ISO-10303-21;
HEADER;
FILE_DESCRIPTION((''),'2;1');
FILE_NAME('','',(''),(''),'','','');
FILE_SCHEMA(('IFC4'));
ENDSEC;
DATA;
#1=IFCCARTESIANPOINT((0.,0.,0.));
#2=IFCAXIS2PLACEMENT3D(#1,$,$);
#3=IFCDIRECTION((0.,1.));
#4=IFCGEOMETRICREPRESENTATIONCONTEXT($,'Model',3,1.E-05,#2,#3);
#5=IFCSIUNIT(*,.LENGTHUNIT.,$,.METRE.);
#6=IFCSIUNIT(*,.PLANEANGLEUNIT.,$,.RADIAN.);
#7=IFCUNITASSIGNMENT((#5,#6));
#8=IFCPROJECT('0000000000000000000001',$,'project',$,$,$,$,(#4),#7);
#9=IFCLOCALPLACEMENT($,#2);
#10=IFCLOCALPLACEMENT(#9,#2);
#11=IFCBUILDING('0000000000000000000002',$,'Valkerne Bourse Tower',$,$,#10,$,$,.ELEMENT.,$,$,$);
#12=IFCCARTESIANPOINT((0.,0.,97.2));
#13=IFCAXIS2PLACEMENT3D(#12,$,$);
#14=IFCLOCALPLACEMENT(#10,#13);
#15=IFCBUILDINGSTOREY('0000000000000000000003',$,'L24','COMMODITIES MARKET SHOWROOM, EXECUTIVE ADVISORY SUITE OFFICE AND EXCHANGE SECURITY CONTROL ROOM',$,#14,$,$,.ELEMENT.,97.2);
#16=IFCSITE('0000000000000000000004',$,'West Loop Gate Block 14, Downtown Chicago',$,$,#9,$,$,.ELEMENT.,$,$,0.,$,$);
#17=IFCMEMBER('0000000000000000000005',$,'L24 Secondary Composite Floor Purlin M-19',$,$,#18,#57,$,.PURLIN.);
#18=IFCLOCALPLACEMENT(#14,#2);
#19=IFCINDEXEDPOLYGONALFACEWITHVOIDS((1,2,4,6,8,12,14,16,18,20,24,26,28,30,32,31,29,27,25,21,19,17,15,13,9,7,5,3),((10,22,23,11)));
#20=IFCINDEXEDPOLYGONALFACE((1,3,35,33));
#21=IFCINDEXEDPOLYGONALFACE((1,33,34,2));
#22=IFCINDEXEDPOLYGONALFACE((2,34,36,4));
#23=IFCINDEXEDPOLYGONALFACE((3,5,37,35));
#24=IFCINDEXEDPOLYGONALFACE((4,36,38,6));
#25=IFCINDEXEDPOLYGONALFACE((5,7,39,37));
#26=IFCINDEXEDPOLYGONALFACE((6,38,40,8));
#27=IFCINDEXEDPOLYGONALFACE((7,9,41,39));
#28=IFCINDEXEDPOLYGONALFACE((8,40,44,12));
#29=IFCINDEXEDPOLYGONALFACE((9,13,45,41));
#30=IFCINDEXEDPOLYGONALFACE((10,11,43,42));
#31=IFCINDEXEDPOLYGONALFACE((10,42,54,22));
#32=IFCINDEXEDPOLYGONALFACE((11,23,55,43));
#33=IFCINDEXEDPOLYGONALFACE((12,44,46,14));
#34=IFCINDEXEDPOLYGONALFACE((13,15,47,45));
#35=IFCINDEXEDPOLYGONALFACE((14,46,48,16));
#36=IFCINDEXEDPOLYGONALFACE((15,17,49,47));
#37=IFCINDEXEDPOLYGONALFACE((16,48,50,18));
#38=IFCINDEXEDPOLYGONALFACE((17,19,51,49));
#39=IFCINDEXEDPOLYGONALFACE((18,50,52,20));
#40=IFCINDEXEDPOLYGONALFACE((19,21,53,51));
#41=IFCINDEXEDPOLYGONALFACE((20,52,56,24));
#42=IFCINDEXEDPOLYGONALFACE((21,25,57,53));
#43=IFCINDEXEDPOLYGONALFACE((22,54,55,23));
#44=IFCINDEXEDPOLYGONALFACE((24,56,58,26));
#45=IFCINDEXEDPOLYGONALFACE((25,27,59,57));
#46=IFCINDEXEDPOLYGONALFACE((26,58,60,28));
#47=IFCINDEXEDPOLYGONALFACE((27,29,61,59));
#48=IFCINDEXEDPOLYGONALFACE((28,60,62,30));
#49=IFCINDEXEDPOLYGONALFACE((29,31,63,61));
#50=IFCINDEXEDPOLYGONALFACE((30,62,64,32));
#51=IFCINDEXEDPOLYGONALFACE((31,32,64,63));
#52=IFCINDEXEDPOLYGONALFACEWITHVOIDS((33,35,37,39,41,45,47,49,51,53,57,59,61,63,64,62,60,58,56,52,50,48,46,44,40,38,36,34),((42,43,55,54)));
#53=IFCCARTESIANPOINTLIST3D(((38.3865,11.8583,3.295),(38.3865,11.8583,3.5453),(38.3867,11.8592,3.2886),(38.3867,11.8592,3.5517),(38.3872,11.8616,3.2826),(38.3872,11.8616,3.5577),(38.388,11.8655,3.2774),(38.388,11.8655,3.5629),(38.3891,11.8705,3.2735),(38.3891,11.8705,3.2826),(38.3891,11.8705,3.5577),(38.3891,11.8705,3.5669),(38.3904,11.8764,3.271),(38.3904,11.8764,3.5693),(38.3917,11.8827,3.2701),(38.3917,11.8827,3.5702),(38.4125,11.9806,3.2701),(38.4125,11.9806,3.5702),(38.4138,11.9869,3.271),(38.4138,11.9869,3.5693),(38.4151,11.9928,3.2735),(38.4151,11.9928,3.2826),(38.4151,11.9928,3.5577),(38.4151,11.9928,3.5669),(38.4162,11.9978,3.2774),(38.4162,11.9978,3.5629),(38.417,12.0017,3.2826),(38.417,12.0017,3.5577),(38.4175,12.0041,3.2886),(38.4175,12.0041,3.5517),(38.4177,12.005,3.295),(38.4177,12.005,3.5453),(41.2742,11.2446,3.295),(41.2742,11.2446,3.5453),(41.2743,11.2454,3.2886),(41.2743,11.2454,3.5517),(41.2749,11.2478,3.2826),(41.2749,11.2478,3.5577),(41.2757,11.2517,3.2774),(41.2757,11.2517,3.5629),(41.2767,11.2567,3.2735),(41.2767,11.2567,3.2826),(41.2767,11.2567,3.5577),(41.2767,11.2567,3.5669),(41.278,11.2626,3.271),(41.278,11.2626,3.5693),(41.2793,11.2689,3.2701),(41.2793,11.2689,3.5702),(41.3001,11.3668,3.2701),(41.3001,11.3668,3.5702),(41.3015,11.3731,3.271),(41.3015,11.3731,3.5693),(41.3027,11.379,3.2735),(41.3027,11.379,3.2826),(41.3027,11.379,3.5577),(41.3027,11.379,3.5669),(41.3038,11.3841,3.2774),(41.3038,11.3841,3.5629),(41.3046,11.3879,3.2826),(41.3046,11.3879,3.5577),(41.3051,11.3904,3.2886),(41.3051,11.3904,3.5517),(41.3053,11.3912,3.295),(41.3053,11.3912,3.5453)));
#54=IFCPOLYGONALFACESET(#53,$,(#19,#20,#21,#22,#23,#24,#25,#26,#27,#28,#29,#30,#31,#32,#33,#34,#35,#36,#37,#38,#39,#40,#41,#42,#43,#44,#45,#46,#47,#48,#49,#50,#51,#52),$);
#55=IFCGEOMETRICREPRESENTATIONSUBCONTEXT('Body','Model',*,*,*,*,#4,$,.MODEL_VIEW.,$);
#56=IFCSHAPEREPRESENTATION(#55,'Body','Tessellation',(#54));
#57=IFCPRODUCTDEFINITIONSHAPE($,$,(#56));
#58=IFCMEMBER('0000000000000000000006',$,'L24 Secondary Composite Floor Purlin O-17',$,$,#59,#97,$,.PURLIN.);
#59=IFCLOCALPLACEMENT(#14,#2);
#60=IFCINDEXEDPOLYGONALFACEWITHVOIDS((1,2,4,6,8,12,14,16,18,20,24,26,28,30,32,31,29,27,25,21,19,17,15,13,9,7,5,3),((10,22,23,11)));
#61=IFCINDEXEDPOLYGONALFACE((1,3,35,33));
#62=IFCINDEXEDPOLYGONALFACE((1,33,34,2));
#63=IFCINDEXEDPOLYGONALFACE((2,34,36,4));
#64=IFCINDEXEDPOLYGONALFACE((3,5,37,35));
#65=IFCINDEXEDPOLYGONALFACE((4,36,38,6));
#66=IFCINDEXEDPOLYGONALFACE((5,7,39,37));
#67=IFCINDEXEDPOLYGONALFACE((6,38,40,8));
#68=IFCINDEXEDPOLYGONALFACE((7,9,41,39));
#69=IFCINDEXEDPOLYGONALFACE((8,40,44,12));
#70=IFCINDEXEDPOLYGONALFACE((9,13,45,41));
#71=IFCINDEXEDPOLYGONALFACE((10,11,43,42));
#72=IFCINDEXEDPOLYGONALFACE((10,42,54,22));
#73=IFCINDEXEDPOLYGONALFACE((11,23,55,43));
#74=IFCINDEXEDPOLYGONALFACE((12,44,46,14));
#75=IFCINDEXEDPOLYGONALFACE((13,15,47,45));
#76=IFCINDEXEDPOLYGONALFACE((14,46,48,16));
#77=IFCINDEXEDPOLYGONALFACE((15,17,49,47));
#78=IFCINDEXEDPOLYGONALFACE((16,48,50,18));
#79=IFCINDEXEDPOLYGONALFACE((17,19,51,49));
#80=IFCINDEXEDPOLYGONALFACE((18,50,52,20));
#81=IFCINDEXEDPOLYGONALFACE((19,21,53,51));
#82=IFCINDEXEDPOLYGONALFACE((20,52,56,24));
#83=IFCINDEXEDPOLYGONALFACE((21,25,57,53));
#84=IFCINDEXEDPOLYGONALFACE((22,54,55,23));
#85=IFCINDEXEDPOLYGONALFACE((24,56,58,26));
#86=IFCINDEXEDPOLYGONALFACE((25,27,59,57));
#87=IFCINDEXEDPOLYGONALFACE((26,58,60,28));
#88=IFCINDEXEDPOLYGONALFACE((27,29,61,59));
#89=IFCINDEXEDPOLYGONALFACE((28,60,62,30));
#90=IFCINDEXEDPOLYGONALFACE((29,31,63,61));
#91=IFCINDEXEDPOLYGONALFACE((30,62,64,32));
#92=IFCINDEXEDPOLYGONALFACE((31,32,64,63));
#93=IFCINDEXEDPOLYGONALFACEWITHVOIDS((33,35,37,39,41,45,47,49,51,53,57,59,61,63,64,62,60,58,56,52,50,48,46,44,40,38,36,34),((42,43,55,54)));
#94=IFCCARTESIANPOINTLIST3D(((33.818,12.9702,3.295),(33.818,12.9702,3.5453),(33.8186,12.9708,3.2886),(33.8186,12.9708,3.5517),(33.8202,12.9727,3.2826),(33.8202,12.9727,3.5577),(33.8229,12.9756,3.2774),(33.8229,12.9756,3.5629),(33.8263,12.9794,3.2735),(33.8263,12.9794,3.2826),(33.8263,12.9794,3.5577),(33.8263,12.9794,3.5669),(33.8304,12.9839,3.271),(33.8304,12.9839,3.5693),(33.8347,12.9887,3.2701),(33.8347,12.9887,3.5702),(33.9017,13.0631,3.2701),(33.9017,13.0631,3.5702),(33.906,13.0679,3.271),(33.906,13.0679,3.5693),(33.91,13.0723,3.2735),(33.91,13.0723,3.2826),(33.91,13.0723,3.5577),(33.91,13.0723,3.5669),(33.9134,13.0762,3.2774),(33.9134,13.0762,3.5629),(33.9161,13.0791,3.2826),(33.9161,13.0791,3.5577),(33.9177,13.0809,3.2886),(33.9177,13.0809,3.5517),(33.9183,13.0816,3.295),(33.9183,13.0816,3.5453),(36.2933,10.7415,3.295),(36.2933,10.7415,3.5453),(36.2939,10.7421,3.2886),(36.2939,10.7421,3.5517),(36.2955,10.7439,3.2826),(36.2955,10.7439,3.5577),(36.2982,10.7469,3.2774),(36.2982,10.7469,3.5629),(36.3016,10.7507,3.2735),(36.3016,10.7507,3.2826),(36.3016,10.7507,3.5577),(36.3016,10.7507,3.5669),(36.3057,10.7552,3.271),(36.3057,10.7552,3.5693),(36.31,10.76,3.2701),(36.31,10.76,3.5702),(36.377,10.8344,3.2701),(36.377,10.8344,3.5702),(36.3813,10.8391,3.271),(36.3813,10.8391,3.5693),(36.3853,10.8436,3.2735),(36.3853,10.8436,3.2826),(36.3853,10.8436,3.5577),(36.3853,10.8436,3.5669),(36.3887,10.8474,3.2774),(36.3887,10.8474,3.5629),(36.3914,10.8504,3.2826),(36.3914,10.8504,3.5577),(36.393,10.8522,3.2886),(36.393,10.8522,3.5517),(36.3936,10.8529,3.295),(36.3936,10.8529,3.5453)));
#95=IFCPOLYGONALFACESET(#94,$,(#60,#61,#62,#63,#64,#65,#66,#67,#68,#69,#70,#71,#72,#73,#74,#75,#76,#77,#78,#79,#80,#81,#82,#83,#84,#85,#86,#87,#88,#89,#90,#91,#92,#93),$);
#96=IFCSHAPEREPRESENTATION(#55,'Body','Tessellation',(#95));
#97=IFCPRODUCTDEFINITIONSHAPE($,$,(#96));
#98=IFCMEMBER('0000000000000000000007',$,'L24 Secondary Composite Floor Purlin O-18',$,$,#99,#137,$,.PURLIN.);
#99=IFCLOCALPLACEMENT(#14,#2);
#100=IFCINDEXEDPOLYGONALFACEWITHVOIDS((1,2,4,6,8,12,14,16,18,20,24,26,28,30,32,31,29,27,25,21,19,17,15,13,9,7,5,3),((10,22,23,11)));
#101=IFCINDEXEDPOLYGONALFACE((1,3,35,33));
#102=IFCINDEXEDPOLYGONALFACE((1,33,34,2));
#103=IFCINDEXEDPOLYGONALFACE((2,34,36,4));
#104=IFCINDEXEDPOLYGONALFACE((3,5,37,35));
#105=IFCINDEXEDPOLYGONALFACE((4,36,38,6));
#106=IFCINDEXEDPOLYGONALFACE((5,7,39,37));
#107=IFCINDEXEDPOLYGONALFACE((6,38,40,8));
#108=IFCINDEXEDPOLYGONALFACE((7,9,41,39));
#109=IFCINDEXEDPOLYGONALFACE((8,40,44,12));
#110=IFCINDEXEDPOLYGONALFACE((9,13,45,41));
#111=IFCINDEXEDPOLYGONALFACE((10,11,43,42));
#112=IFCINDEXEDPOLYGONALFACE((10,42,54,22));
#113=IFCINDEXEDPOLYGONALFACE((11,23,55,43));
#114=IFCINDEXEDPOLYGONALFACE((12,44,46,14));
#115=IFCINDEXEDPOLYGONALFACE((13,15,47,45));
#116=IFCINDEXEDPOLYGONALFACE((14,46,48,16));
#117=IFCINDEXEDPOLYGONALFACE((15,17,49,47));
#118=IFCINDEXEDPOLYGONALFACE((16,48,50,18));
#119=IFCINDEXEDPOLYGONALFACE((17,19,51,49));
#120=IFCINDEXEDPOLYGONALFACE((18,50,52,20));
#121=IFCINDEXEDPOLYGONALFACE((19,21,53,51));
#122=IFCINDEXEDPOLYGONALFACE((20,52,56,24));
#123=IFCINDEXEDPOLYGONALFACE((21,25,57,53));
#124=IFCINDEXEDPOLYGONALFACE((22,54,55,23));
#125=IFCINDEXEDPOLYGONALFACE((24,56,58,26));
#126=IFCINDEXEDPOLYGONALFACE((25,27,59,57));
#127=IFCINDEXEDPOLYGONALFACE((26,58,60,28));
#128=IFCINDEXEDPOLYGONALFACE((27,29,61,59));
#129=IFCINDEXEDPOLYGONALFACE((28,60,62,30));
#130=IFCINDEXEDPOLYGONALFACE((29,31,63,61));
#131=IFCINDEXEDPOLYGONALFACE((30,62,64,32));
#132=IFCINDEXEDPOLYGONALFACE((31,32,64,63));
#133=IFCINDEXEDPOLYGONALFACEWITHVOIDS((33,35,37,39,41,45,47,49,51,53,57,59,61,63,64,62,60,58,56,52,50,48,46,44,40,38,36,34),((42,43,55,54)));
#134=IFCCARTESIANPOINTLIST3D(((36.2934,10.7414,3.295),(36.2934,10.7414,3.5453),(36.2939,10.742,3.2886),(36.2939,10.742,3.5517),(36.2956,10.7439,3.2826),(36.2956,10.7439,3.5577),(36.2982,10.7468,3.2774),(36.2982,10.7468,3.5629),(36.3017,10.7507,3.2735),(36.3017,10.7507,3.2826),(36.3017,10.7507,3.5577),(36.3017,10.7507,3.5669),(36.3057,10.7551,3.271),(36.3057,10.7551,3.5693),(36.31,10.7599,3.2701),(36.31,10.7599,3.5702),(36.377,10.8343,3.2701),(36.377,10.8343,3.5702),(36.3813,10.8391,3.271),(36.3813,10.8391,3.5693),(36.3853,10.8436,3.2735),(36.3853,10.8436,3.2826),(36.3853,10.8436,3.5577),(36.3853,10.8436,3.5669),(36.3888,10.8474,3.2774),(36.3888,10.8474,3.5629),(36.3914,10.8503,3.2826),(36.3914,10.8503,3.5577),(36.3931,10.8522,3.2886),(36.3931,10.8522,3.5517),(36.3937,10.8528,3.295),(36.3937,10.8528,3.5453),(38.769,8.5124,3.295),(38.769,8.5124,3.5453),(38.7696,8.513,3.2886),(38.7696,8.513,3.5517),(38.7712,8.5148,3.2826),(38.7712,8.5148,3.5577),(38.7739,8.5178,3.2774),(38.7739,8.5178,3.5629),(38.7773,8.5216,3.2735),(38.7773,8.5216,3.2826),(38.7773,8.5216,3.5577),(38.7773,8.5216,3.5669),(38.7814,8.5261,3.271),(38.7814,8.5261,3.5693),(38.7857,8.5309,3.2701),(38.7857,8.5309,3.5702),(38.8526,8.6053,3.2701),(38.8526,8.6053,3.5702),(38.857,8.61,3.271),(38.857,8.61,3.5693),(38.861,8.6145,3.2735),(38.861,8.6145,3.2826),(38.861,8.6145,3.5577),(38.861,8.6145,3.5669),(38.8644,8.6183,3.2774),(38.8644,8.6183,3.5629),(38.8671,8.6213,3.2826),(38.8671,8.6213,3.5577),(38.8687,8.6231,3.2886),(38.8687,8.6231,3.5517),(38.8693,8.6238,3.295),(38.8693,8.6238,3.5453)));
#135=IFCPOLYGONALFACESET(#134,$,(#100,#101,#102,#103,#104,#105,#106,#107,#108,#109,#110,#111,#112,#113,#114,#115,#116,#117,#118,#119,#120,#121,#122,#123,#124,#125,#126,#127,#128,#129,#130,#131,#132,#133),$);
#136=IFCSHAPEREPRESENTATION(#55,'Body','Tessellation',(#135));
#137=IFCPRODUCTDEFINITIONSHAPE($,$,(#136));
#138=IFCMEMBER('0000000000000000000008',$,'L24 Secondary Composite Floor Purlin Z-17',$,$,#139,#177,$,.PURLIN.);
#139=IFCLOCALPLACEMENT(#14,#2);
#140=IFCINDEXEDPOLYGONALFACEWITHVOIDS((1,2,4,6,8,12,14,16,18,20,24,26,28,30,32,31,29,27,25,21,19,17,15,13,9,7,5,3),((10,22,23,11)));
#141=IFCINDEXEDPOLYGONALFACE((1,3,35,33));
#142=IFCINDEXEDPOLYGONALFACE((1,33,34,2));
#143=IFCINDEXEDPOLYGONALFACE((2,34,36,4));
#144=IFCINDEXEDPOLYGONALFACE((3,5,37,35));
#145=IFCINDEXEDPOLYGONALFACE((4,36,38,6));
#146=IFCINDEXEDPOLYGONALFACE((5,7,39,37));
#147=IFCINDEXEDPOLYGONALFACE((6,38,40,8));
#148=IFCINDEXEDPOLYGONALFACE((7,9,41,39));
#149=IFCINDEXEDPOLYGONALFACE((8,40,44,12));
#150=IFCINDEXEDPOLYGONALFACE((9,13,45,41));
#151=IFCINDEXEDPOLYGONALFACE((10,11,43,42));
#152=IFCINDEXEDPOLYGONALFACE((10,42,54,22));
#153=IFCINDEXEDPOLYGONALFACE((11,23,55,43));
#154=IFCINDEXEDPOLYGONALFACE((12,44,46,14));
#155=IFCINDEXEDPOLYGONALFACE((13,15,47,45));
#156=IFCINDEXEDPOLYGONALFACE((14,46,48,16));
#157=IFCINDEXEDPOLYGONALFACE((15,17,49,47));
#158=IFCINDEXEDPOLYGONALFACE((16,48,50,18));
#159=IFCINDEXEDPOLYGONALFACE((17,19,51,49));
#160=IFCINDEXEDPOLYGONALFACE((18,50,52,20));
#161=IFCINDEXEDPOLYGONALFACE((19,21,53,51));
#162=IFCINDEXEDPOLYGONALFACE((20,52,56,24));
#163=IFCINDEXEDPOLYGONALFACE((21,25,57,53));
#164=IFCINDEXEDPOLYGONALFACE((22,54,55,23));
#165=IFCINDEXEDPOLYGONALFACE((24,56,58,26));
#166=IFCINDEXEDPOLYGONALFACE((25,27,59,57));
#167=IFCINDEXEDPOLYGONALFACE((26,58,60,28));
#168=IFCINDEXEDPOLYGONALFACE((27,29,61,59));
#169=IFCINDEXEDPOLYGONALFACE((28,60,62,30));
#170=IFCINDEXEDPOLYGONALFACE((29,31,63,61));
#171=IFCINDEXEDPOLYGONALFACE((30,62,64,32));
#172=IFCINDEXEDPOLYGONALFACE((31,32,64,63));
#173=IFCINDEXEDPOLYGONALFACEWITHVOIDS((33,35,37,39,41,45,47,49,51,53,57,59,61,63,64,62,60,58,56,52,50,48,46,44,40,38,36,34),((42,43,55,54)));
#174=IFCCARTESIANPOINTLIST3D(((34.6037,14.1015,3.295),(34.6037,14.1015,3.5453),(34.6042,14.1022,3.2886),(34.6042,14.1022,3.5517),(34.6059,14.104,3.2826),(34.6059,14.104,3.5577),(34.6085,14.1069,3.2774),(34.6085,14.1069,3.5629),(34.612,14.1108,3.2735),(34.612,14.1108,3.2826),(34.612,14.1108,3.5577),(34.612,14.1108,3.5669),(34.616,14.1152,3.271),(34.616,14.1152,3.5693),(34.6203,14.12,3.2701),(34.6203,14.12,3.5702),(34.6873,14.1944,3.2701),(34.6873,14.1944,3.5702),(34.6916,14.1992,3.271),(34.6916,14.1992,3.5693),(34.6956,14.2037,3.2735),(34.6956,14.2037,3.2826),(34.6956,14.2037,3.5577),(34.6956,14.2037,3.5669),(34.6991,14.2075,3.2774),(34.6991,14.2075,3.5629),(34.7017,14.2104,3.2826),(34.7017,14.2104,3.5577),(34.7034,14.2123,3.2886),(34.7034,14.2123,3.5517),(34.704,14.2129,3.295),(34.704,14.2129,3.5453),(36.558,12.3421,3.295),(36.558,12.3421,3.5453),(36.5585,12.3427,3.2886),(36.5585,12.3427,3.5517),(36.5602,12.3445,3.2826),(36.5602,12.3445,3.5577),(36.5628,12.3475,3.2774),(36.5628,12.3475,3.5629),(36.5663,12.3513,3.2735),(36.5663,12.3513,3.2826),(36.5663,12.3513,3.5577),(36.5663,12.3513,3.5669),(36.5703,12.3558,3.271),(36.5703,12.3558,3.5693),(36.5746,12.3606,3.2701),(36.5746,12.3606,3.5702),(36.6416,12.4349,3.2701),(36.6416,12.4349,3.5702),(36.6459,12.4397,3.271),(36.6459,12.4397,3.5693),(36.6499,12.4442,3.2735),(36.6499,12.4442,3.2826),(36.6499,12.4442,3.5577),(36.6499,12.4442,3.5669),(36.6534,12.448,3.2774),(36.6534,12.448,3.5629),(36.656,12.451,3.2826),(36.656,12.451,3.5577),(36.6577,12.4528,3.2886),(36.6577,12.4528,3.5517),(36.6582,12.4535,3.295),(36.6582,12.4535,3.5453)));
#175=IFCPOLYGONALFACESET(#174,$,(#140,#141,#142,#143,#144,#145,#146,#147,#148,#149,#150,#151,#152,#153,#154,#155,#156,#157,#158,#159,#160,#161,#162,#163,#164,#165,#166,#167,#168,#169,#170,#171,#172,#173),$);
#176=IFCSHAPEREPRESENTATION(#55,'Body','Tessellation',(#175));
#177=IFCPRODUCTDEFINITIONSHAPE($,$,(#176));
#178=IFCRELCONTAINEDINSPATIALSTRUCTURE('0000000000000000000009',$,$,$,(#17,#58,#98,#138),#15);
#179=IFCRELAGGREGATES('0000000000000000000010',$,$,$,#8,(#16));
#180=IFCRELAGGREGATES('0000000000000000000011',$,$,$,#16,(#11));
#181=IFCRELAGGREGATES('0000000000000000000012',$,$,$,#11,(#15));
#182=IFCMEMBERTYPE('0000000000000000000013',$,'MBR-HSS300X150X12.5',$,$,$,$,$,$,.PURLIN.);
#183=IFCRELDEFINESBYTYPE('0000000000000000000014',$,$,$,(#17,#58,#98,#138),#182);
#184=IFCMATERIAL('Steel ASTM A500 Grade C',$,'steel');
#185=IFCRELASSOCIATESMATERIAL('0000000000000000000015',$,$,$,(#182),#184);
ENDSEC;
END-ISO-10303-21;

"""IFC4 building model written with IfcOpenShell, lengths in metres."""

from ifc_helpers import new_model, si_unit, direction, frame, origin, origin_2d, place, context, subcontext, project, spatial, hollow_rectangle, extrude, material, material_profile, profile_set, type_object, element, save


model = new_model("IFC4")

# Units and contexts
model_context = context("Model", 3, precision=1e-05, world=origin(), true_north=direction((0.0, 1.0)))
body_context = subcontext(model_context, "Body", "Model", "MODEL_VIEW")
ifc_project = project(units=[si_unit("LENGTHUNIT", "METRE"), si_unit("PLANEANGLEUNIT", "RADIAN")], contexts=[model_context])

# Site, building, storey
site_placement = place(None, origin())
site = spatial("IfcSite", under=ifc_project, at=site_placement, Name="West Loop Gate Block 14, Downtown Chicago", CompositionType="ELEMENT", RefElevation=0.0)
building_placement = place(site_placement, origin())
building = spatial("IfcBuilding", under=site, at=building_placement, Name="Valkerne Bourse Tower", CompositionType="ELEMENT")
storey_placement = place(building_placement, frame((0.0, 0.0, 97.2)))
storey = spatial("IfcBuildingStorey", under=building, at=storey_placement, Name="L24", Description="COMMODITIES MARKET SHOWROOM, EXECUTIVE ADVISORY SUITE OFFICE AND EXCHANGE SECURITY CONTROL ROOM", CompositionType="ELEMENT", Elevation=97.2)

# Members
ifc_material_1 = material(Name="Steel ASTM A500 Grade C", Category="steel")
ifc_material_profile_1 = material_profile(ifc_material_1, hollow_rectangle(XDim=0.1499, YDim=0.3, WallThickness=0.0125, OuterFilletRadius=0.0249, at=origin_2d()), Name="HSS300X150X12.5")
ifc_profile_set_1 = profile_set([ifc_material_profile_1], Name="Steel ASTM A500 Grade C")
member_type_1 = type_object("IfcMemberType", Name="MBR-HSS300X150X12.5", PredefinedType="PURLIN", material=ifc_profile_set_1)
member_1_placement = place(storey_placement, frame((38.4021, 11.9316, 3.4202), z_axis=(0.97815, -0.207902, 0.0), x_axis=(0.207902, 0.97815, 0.0)))
element("IfcMember", 1, at=member_1_placement, inside=storey, type_object=member_type_1, Name="L24 Secondary Composite Floor Purlin M-19", PredefinedType="PURLIN", context=body_context, shape_type="SweptSolid", body=[
    extrude(hollow_rectangle(XDim=0.1499, YDim=0.3, WallThickness=0.0125, OuterFilletRadius=0.0249, at=origin_2d()), origin(), (0.0, 0.0, 1.0), 2.9521),
])
member_2_placement = place(storey_placement, frame((33.8682, 13.0259, 3.4202), z_axis=(0.743152, -0.669123, 0.0), x_axis=(0.669123, 0.743152, 0.0)))
element("IfcMember", 2, at=member_2_placement, inside=storey, type_object=member_type_1, Name="L24 Secondary Composite Floor Purlin O-17", PredefinedType="PURLIN", context=body_context, shape_type="SweptSolid", body=[
    extrude(hollow_rectangle(XDim=0.1499, YDim=0.3, WallThickness=0.0125, OuterFilletRadius=0.0249, at=origin_2d()), origin(), (0.0, 0.0, 1.0), 3.3308),
])
member_3_placement = place(storey_placement, frame((36.3435, 10.7971, 3.4202), z_axis=(0.743148, -0.669127, 0.0), x_axis=(0.669127, 0.743148, 0.0)))
element("IfcMember", 3, at=member_3_placement, inside=storey, type_object=member_type_1, Name="L24 Secondary Composite Floor Purlin O-18", PredefinedType="PURLIN", context=body_context, shape_type="SweptSolid", body=[
    extrude(hollow_rectangle(XDim=0.1499, YDim=0.3, WallThickness=0.0125, OuterFilletRadius=0.0249, at=origin_2d()), origin(), (0.0, 0.0, 1.0), 3.3313),
])
member_4_placement = place(storey_placement, frame((34.6538, 14.1572, 3.4202), z_axis=(0.743179, -0.669093, 0.0), x_axis=(0.669093, 0.743179, 0.0)))
element("IfcMember", 4, at=member_4_placement, inside=storey, type_object=member_type_1, Name="L24 Secondary Composite Floor Purlin Z-17", PredefinedType="PURLIN", context=body_context, shape_type="SweptSolid", body=[
    extrude(hollow_rectangle(XDim=0.1499, YDim=0.3, WallThickness=0.0125, OuterFilletRadius=0.0249, at=origin_2d()), origin(), (0.0, 0.0, 1.0), 2.6296),
])

save(model, "model.ifc")
